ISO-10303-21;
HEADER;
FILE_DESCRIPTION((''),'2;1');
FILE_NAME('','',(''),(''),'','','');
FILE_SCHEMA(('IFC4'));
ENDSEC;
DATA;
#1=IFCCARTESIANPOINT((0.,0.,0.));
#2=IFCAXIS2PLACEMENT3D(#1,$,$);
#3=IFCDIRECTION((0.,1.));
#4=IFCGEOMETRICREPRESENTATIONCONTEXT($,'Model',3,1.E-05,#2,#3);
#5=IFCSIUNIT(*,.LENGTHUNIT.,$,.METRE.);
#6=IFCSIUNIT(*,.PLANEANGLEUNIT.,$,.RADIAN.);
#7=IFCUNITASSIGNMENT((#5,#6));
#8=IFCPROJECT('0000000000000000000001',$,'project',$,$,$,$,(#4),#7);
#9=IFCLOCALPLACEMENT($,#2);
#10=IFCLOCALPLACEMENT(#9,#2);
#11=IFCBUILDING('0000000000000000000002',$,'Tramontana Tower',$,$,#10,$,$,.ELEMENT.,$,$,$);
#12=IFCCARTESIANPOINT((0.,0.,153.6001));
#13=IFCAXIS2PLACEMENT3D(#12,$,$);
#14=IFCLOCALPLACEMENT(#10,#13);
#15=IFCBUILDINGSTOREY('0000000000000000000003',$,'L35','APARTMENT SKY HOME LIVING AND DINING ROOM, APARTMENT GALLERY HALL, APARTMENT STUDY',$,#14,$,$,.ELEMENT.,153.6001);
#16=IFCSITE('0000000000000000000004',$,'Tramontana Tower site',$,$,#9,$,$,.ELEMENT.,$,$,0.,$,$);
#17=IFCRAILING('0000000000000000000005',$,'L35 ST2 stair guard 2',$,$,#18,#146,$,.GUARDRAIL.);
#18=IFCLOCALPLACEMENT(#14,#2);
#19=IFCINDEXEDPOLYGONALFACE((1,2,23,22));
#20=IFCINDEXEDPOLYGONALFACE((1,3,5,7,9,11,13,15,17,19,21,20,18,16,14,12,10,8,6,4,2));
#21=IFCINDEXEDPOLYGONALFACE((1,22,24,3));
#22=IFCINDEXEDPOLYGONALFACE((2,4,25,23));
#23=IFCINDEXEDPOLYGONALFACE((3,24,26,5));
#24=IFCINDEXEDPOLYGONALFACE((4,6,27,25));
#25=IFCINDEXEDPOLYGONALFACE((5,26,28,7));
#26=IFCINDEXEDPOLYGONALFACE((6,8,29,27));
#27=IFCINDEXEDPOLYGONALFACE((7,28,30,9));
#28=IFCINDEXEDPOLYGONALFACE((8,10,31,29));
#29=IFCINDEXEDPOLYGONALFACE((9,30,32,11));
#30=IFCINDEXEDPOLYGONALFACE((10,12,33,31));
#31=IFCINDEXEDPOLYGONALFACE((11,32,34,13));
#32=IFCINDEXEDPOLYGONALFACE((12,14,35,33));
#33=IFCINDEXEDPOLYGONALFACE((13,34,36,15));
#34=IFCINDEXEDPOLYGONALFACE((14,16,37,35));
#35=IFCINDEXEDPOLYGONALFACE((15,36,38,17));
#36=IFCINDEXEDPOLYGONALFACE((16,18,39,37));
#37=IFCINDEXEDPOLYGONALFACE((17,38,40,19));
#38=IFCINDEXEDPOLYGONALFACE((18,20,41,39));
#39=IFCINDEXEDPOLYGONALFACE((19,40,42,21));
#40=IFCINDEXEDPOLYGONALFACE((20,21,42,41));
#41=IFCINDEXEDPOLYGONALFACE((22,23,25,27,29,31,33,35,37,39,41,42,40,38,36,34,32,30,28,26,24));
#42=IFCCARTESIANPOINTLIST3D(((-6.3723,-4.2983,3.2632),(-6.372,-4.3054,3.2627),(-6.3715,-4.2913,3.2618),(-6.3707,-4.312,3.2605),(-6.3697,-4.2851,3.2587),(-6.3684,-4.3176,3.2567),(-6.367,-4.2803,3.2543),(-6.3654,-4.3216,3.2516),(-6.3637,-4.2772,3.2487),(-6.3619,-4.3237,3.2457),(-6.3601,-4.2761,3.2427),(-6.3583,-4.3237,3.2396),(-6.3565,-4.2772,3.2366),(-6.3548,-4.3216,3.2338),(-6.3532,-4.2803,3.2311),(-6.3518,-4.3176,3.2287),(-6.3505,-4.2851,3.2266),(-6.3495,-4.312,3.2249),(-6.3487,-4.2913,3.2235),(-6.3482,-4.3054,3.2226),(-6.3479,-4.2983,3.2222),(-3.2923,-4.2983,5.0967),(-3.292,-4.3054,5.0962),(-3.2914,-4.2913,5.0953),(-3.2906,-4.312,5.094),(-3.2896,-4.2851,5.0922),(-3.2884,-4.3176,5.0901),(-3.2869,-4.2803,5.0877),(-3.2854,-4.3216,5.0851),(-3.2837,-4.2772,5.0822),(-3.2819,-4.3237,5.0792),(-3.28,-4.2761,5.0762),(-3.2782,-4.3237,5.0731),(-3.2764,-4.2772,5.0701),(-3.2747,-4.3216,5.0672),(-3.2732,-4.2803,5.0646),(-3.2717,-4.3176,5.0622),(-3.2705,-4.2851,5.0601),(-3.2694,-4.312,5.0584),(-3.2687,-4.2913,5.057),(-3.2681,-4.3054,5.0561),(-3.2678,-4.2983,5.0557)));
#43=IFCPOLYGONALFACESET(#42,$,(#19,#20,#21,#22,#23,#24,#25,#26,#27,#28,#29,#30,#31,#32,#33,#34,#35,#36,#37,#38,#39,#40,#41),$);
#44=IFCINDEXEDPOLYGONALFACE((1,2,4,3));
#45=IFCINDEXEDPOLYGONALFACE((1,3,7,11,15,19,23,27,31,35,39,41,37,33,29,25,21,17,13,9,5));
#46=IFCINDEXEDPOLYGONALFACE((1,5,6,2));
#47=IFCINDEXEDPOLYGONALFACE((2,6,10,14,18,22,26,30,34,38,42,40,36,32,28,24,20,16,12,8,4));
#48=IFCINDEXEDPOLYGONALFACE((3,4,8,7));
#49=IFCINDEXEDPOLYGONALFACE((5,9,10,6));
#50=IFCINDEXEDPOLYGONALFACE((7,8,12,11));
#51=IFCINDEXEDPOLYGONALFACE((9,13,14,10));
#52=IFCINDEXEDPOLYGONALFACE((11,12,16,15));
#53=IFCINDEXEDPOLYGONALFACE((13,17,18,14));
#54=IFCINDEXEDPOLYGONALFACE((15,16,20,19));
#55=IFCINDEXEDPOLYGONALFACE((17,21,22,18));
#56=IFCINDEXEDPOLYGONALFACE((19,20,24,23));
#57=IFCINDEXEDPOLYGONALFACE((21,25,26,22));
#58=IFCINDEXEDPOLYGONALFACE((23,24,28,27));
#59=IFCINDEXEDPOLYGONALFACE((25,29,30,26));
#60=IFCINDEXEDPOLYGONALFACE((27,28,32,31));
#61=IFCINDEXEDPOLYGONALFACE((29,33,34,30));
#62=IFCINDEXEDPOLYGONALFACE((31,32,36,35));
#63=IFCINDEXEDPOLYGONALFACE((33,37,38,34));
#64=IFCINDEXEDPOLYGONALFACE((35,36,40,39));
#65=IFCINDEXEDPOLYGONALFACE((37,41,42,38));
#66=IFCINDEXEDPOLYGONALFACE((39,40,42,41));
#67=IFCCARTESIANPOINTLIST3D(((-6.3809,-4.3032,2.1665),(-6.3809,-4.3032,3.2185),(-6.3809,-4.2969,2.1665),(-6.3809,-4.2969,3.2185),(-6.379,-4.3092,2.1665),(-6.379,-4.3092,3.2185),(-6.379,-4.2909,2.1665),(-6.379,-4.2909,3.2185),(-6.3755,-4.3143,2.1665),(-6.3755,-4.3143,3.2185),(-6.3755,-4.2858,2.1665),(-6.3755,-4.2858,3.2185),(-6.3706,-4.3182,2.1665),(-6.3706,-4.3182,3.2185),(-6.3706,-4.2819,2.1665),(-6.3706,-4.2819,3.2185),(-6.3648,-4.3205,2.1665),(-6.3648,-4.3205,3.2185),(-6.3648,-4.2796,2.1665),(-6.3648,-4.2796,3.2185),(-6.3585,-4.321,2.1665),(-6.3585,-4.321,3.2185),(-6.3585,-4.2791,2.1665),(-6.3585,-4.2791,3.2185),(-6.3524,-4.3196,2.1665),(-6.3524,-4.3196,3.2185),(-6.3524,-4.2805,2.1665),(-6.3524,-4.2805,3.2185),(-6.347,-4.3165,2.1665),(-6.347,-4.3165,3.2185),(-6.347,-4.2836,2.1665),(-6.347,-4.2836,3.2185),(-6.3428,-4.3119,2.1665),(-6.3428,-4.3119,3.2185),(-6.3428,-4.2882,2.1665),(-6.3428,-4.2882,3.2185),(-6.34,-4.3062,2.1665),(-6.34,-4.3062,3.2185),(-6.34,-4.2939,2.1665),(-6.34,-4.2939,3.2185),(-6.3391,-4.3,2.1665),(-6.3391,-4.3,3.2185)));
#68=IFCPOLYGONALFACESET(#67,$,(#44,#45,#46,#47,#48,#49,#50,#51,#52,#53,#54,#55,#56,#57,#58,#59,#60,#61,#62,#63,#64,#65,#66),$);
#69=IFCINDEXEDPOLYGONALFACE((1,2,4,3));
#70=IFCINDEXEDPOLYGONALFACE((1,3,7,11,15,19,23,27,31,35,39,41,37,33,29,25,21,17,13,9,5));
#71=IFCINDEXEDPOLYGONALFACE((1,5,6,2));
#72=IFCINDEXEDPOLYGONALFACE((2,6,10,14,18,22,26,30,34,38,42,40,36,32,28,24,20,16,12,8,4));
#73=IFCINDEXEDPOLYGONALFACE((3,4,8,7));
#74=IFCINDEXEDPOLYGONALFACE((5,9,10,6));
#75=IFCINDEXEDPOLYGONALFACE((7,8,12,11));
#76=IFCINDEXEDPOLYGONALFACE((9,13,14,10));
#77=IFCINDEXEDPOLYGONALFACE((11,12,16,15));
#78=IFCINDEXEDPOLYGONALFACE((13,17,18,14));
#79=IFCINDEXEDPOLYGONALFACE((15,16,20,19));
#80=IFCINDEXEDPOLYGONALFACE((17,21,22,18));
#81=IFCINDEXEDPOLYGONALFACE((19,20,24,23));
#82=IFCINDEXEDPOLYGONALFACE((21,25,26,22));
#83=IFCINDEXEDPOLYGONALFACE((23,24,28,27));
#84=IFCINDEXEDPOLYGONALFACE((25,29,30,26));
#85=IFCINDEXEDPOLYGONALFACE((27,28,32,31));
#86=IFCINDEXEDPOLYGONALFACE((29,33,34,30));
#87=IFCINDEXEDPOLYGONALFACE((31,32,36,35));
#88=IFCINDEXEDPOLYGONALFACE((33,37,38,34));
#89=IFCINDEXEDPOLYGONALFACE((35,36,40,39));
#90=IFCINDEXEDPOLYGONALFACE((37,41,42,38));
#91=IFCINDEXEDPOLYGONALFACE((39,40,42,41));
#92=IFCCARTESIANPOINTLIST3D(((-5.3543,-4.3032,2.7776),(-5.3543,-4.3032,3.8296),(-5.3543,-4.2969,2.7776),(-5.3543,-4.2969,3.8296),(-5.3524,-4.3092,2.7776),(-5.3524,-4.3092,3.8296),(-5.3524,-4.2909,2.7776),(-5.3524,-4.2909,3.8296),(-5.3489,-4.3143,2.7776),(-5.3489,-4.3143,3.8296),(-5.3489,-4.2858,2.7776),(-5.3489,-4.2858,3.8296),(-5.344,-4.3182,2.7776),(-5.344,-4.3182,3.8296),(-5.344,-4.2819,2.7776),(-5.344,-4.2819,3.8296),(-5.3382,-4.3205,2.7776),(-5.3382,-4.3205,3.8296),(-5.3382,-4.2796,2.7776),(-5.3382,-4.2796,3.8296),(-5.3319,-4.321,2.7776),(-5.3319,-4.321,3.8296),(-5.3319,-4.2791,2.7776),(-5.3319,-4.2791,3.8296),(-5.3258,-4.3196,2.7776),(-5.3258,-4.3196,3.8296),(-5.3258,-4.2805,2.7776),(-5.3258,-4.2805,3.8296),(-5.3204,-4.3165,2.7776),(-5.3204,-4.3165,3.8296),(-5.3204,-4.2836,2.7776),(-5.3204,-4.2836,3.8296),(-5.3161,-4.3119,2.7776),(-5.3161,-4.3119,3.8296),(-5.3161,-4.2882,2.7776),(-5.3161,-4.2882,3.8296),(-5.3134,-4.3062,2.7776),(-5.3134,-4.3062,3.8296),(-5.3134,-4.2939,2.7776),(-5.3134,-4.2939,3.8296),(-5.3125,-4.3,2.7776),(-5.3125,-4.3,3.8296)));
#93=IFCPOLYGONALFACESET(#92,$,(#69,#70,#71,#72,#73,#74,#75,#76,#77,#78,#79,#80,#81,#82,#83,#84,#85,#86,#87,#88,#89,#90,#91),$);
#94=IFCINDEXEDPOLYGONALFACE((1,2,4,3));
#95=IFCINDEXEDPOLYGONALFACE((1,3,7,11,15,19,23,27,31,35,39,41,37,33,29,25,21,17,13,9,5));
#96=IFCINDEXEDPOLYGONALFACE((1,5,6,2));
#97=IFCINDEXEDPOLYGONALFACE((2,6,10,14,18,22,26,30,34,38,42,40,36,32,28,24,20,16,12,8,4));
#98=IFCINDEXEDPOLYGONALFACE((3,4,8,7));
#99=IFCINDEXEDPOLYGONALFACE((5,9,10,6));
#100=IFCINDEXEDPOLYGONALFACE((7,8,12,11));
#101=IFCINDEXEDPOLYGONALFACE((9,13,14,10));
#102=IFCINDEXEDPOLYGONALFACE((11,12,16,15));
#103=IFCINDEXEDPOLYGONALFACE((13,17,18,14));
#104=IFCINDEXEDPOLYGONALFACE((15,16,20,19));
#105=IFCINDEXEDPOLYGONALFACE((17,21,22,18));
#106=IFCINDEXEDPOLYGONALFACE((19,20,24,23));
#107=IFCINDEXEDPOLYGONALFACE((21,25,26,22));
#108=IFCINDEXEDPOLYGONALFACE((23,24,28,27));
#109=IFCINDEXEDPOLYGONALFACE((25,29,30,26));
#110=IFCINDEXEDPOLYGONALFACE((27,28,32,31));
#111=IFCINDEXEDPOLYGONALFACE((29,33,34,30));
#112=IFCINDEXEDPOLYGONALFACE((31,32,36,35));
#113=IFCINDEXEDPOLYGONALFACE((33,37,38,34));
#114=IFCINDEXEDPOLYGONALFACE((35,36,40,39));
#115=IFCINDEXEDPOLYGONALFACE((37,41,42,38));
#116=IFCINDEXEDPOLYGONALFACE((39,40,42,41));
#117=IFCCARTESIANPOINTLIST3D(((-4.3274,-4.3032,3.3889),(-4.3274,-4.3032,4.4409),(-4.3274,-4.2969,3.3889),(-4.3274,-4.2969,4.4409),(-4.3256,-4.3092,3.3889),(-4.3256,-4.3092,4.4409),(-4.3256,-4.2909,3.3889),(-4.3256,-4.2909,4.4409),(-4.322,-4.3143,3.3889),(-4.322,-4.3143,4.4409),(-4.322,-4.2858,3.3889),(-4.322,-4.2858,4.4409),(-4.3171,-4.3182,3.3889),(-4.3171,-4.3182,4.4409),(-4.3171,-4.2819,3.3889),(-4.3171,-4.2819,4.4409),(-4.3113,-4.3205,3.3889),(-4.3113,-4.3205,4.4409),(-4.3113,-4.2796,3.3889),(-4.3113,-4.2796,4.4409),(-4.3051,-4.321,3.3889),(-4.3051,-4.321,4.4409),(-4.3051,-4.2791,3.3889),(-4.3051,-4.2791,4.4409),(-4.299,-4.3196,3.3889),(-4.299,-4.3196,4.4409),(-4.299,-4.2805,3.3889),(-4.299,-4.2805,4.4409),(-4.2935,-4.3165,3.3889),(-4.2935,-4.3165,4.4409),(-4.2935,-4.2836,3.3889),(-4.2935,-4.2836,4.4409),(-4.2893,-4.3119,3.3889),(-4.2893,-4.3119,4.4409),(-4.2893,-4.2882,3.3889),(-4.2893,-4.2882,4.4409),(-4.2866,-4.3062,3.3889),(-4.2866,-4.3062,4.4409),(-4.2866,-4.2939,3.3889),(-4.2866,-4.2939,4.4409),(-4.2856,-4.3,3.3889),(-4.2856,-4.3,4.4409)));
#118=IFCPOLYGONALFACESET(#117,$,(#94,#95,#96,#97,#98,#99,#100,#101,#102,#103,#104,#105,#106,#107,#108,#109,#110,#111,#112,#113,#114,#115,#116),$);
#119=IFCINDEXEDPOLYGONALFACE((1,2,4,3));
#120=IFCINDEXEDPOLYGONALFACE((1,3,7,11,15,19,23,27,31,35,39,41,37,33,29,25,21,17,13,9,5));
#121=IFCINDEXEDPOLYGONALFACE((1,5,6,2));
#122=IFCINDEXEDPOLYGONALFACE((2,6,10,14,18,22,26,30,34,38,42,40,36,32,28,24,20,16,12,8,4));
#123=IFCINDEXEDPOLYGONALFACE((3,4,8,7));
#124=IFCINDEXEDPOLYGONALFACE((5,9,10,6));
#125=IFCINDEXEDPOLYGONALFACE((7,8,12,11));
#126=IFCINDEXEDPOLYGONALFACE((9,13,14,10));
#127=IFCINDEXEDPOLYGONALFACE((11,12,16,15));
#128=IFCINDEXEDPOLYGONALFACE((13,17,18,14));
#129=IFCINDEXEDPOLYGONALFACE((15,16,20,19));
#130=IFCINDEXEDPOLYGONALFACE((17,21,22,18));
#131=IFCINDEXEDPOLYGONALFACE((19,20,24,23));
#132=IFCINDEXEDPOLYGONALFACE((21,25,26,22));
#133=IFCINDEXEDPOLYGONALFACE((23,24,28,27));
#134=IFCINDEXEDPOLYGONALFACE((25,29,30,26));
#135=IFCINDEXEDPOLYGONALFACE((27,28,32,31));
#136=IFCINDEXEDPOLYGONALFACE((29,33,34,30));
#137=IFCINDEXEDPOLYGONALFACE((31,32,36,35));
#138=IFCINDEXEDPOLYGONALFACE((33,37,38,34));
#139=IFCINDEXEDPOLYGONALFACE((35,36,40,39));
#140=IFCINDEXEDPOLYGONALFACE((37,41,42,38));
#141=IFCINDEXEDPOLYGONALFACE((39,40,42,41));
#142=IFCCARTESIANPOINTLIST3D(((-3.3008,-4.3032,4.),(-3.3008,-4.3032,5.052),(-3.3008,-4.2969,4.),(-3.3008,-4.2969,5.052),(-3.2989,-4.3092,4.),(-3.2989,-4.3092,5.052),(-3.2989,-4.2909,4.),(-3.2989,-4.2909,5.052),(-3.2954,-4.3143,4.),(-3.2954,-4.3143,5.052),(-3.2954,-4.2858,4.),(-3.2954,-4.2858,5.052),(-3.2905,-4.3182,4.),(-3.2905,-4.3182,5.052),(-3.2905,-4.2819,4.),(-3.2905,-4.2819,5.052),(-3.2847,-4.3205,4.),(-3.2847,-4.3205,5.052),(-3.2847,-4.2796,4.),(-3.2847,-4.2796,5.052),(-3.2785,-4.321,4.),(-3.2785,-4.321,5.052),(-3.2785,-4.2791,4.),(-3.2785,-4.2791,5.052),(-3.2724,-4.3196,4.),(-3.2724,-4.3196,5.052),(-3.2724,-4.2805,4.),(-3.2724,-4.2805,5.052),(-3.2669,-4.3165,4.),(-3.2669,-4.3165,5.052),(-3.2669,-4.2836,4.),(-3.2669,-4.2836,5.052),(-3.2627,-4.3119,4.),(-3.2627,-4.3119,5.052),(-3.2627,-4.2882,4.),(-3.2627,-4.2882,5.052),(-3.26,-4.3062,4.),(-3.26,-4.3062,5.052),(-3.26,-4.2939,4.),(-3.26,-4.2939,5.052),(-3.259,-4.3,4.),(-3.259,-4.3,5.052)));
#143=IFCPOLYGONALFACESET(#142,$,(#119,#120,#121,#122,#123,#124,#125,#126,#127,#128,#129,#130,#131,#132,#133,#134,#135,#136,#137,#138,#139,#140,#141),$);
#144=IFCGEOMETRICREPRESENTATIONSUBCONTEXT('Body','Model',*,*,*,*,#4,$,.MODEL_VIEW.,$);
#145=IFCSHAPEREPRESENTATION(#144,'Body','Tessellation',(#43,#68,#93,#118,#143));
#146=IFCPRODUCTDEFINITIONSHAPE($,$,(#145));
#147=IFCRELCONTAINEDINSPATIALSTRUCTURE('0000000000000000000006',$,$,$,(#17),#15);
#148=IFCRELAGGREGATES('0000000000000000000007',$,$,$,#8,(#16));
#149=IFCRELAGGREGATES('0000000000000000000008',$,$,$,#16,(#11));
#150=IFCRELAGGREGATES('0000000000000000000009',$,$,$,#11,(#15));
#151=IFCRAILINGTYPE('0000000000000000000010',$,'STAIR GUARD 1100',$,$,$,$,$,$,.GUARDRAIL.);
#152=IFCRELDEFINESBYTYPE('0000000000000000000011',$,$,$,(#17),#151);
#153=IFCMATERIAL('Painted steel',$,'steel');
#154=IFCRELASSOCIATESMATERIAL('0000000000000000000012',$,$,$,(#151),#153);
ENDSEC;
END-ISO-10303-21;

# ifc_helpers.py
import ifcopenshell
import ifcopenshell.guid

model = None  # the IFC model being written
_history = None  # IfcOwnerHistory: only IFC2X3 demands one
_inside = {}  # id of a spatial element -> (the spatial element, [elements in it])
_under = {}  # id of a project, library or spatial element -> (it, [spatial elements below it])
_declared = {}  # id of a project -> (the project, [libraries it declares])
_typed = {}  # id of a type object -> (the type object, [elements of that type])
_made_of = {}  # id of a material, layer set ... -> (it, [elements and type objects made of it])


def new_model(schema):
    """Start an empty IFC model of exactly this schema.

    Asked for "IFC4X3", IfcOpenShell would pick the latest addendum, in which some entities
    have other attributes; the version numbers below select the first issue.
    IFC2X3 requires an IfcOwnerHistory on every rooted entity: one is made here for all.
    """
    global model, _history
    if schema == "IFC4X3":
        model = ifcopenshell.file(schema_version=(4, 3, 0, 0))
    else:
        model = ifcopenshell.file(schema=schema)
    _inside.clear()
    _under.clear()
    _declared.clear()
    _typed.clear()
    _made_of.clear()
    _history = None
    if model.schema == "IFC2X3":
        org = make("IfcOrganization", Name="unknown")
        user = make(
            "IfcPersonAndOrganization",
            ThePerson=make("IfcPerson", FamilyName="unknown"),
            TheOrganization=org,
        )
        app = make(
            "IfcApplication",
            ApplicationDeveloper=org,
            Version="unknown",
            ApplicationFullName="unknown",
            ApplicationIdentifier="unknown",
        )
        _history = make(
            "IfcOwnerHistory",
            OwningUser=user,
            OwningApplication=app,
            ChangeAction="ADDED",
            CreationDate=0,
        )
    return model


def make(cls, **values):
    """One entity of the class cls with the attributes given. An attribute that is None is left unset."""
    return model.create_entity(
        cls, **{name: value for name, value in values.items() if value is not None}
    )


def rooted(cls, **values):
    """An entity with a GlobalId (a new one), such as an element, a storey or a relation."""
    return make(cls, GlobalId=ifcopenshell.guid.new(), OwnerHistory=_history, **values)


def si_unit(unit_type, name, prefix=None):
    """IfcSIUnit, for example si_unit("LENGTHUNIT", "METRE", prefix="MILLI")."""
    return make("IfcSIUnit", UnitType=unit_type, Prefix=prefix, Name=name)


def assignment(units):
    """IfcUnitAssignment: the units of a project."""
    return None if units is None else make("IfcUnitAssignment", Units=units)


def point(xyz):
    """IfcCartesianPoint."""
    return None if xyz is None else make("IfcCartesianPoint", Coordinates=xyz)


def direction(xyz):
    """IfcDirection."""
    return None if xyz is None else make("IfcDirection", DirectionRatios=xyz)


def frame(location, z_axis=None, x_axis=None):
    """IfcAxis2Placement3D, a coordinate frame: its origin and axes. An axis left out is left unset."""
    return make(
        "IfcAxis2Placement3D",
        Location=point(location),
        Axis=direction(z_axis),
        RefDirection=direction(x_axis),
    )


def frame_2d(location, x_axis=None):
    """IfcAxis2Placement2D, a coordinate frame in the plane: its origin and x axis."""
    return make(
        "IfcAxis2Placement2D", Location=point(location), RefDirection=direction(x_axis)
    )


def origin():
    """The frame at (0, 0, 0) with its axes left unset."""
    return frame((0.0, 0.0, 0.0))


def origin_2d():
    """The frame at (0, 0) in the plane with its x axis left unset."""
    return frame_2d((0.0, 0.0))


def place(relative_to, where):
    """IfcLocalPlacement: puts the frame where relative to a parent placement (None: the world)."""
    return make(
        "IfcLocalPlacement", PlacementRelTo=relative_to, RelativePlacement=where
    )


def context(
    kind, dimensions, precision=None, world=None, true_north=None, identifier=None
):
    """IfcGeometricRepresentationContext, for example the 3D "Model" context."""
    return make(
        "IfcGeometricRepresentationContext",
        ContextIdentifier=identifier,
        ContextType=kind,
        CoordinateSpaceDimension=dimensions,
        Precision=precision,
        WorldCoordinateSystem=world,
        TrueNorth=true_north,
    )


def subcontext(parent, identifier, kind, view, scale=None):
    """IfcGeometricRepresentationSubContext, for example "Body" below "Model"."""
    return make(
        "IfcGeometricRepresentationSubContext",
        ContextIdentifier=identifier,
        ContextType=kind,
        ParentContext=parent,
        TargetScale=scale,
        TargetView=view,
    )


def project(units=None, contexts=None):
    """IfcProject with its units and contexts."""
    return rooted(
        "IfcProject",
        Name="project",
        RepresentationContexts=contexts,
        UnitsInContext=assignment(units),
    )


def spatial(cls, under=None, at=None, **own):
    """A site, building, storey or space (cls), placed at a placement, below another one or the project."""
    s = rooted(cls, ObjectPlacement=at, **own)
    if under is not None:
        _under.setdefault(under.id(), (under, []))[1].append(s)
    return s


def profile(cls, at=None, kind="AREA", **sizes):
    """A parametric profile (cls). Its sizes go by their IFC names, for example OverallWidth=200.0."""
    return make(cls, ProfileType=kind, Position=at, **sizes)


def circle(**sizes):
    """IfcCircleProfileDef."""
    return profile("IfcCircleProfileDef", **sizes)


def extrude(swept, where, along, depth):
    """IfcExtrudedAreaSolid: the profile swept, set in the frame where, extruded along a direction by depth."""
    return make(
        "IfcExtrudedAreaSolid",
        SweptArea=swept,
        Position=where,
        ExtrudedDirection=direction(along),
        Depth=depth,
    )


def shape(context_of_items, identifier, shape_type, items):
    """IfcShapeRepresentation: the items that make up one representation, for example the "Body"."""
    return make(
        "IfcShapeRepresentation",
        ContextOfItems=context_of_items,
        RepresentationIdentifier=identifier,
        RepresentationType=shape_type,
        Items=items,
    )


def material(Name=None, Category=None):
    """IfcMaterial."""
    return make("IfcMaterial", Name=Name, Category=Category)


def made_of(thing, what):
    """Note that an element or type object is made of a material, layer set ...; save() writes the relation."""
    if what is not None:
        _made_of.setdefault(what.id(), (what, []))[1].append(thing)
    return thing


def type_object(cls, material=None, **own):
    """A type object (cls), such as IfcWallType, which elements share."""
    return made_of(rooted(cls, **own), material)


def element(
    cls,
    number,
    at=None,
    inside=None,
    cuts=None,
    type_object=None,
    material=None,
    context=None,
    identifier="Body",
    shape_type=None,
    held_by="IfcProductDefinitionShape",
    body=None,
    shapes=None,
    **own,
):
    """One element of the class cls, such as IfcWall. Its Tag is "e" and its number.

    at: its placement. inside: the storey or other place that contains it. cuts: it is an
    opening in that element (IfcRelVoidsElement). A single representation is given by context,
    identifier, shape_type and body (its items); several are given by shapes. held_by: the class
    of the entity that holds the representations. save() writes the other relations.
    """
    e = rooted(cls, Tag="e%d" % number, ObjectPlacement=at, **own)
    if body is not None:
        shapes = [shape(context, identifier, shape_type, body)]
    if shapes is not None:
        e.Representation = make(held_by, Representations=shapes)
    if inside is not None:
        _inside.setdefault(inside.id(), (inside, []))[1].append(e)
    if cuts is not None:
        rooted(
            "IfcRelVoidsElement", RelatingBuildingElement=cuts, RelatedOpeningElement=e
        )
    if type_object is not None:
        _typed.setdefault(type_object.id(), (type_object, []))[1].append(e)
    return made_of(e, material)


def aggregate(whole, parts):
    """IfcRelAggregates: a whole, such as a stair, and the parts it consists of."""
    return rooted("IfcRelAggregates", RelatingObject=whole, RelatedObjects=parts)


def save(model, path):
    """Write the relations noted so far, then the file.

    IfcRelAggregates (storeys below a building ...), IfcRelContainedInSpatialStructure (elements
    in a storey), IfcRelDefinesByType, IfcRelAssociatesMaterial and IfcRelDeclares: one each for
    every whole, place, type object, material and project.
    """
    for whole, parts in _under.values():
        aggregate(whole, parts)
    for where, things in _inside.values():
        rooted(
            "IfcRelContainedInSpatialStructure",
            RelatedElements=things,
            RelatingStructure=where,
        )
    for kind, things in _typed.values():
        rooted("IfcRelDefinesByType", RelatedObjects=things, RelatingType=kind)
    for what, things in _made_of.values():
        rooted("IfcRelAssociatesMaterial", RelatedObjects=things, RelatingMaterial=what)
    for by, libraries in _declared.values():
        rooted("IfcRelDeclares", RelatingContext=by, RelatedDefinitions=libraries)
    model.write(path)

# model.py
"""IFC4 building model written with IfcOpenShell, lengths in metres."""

from ifc_helpers import new_model, si_unit, direction, frame, origin, origin_2d, place, context, subcontext, project, spatial, circle, extrude, material, type_object, element, save


model = new_model("IFC4")

# Units and contexts
model_context = context("Model", 3, precision=1e-05, world=origin(), true_north=direction((0.0, 1.0)))
body_context = subcontext(model_context, "Body", "Model", "MODEL_VIEW")
ifc_project = project(units=[si_unit("LENGTHUNIT", "METRE"), si_unit("PLANEANGLEUNIT", "RADIAN")], contexts=[model_context])

# Site, building, storey
site_placement = place(None, origin())
site = spatial("IfcSite", under=ifc_project, at=site_placement, Name="Tramontana Tower site", CompositionType="ELEMENT", RefElevation=0.0)
building_placement = place(site_placement, origin())
building = spatial("IfcBuilding", under=site, at=building_placement, Name="Tramontana Tower", CompositionType="ELEMENT")
storey_placement = place(building_placement, frame((0.0, 0.0, 153.6001)))
storey = spatial("IfcBuildingStorey", under=building, at=storey_placement, Name="L35", Description="APARTMENT SKY HOME LIVING AND DINING ROOM, APARTMENT GALLERY HALL, APARTMENT STUDY", CompositionType="ELEMENT", Elevation=153.6001)

# Railing
ifc_material_1 = material(Name="Painted steel", Category="steel")
railing_type_1 = type_object("IfcRailingType", Name="STAIR GUARD 1100", PredefinedType="GUARDRAIL", material=ifc_material_1)
railing_1_placement = place(storey_placement, frame((-6.3601, -4.3, 2.1665)))
element("IfcRailing", 1, at=railing_1_placement, inside=storey, type_object=railing_type_1, Name="L35 ST2 stair guard 2", PredefinedType="GUARDRAIL", context=body_context, shape_type="SweptSolid", body=[
    extrude(circle(Radius=0.0239, at=origin_2d()), frame((0.0, 0.0, 1.0762), z_axis=(0.859279, 0.0, 0.511508), x_axis=(0.0, 1.0, 0.0)), (0.0, 0.0, 1.0), 3.5845),
    extrude(circle(Radius=0.021, at=origin_2d()), origin(), (0.0, 0.0, 1.0), 1.052),
    extrude(circle(Radius=0.021, at=origin_2d()), frame((1.0266, 0.0, 0.6111)), (0.0, 0.0, 1.0), 1.052),
    extrude(circle(Radius=0.021, at=origin_2d()), frame((2.0535, 0.0, 1.2224)), (0.0, 0.0, 1.0), 1.052),
    extrude(circle(Radius=0.021, at=origin_2d()), frame((3.0801, 0.0, 1.8335)), (0.0, 0.0, 1.0), 1.052),
])

save(model, "model.ifc")
